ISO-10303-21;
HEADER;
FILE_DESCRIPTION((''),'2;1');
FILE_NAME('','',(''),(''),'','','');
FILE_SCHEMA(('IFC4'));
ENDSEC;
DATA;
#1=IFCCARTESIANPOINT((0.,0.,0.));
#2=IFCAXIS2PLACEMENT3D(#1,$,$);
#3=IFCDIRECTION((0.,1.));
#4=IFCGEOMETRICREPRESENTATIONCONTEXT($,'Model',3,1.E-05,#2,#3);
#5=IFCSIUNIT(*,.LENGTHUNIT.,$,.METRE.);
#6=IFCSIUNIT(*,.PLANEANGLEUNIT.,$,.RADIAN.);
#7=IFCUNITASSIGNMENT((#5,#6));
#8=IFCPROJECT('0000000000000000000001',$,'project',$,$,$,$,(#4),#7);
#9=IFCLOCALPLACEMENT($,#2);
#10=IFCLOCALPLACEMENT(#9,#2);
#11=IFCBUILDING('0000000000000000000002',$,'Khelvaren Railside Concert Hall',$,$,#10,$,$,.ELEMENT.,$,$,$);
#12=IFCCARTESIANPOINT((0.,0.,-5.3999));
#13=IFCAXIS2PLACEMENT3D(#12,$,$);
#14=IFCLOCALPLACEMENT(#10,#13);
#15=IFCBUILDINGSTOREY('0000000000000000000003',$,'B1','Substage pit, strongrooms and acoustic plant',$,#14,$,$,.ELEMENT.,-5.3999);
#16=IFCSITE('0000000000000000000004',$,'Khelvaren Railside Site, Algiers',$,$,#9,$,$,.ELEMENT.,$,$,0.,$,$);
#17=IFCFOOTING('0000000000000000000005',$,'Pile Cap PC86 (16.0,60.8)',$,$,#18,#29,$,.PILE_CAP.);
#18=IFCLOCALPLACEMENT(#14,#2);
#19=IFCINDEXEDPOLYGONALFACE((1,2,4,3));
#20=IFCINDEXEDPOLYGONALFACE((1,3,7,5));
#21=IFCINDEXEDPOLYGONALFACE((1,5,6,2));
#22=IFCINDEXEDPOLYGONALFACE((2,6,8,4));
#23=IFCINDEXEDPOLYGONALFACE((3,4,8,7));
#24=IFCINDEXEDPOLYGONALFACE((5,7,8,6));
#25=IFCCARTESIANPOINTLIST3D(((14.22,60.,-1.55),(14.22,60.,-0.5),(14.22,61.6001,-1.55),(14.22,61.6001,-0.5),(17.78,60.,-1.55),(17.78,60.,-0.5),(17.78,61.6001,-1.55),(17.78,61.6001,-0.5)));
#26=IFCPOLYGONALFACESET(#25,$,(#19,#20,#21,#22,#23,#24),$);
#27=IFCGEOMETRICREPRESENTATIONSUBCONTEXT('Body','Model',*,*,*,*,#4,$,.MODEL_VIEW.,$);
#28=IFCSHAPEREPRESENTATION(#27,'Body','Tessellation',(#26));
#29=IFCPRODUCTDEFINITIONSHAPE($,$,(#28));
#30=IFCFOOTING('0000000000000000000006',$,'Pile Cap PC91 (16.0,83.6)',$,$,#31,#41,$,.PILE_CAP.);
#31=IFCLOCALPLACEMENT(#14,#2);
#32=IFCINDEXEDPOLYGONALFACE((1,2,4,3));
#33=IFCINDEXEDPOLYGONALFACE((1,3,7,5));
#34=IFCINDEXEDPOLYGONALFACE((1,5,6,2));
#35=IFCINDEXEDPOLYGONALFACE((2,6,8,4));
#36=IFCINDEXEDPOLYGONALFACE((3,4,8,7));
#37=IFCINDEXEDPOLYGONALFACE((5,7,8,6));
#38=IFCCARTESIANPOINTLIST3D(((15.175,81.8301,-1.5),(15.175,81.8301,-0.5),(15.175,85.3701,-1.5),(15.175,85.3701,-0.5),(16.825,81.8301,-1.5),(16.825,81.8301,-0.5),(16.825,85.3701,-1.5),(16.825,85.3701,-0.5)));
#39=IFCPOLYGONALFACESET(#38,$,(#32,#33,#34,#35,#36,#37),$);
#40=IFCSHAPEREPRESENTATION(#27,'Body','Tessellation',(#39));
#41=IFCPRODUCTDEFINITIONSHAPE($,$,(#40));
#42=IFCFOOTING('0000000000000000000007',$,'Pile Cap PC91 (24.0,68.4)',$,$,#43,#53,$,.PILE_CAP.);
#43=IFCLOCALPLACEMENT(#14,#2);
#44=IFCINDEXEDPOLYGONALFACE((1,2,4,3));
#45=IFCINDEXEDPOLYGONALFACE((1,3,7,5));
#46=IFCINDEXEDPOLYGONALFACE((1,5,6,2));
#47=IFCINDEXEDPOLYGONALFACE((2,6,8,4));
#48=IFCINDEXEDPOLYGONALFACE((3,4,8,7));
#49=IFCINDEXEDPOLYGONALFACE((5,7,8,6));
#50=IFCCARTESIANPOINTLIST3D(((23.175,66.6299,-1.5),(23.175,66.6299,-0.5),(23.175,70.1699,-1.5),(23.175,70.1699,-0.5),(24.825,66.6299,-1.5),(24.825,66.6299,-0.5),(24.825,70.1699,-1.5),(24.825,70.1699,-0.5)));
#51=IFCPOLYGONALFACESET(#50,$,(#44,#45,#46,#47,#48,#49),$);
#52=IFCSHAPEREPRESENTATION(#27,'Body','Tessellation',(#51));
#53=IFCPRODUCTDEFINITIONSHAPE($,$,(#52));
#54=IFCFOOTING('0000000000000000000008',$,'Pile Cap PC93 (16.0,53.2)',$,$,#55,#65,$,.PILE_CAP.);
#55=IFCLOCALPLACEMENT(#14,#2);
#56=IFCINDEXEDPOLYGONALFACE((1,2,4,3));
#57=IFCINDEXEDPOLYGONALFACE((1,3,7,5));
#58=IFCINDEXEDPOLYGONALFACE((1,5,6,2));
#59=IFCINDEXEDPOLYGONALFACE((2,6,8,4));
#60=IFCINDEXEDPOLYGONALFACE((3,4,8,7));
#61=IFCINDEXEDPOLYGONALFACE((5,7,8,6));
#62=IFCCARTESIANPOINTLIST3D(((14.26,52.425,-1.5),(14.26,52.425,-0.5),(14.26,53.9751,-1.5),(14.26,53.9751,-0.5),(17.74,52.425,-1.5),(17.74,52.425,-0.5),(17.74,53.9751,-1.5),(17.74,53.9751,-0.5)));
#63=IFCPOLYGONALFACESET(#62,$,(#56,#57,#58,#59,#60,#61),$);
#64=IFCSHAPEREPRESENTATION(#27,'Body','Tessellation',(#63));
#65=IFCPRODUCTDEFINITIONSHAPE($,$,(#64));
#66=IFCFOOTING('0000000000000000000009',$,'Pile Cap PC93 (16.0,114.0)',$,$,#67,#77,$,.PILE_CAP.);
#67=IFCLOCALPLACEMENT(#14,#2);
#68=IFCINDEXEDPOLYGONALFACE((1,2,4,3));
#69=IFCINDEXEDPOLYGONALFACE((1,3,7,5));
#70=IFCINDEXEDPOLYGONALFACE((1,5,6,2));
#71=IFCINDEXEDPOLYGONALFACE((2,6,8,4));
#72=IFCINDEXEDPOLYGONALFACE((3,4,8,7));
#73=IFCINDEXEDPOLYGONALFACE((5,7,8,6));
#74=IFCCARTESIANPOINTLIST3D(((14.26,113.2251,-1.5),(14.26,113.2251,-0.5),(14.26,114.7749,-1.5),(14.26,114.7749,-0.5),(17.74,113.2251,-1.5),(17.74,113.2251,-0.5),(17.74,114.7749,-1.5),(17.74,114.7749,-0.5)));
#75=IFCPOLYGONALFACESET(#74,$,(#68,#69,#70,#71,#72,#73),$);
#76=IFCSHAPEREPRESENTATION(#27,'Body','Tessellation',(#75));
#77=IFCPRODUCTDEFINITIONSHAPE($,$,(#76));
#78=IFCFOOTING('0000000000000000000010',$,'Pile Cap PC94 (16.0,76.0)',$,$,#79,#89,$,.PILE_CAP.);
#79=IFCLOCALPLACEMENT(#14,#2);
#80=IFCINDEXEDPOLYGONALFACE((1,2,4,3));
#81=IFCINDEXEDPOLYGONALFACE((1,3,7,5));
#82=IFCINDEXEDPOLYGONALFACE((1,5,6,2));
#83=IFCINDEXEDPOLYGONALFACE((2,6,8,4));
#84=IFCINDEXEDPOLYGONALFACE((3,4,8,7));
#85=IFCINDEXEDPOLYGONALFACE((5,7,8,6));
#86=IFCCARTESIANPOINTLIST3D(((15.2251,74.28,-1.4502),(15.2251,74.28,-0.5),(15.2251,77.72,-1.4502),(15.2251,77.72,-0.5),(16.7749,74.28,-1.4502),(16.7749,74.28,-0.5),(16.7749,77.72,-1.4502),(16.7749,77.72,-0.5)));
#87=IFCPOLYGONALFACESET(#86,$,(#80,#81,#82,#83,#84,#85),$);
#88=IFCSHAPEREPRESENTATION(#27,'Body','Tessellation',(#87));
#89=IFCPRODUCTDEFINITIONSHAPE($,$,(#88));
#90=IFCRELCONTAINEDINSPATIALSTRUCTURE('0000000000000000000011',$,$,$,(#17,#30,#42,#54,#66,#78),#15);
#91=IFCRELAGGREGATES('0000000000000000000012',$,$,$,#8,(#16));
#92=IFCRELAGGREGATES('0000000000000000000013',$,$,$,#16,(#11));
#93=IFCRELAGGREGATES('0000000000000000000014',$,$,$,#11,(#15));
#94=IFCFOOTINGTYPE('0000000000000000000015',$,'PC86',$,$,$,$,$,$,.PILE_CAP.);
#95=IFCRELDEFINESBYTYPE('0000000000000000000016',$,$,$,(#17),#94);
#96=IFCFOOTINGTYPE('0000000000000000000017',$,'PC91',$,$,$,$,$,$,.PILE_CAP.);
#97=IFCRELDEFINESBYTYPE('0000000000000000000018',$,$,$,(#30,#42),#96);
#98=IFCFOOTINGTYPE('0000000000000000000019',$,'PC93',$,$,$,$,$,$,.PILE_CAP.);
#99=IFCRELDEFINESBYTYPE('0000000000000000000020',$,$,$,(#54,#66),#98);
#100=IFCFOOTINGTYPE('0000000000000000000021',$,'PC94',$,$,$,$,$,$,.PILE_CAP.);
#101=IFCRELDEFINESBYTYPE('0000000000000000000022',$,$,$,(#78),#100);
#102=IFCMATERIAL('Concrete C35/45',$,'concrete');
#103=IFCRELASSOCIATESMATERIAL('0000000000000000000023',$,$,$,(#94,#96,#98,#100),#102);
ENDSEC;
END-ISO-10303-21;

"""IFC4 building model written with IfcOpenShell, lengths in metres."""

from ifc_helpers import new_model, si_unit, direction, frame, origin, place, context, subcontext, project, spatial, polyline, outline, extrude, material, type_object, element, save


model = new_model("IFC4")

# Units and contexts
model_context = context("Model", 3, precision=1e-05, world=origin(), true_north=direction((0.0, 1.0)))
body_context = subcontext(model_context, "Body", "Model", "MODEL_VIEW")
ifc_project = project(units=[si_unit("LENGTHUNIT", "METRE"), si_unit("PLANEANGLEUNIT", "RADIAN")], contexts=[model_context])

# Site, building, storey
site_placement = place(None, origin())
site = spatial("IfcSite", under=ifc_project, at=site_placement, Name="Khelvaren Railside Site, Algiers", CompositionType="ELEMENT", RefElevation=0.0)
building_placement = place(site_placement, origin())
building = spatial("IfcBuilding", under=site, at=building_placement, Name="Khelvaren Railside Concert Hall", CompositionType="ELEMENT")
storey_placement = place(building_placement, frame((0.0, 0.0, -5.3999)))
storey = spatial("IfcBuildingStorey", under=building, at=storey_placement, Name="B1", Description="Substage pit, strongrooms and acoustic plant", CompositionType="ELEMENT", Elevation=-5.3999)

# Footings
ifc_material = material(Name="Concrete C35/45", Category="concrete")
footing_type_1 = type_object("IfcFootingType", Name="PC86", PredefinedType="PILE_CAP", material=ifc_material)
footing_1_placement = place(storey_placement, frame((0.0, 0.0, -1.55)))
element("IfcFooting", 1, at=footing_1_placement, inside=storey, type_object=footing_type_1, Name="Pile Cap PC86 (16.0,60.8)", PredefinedType="PILE_CAP", context=body_context, shape_type="SweptSolid", body=[
    extrude(outline(polyline([(14.22, 60.0), (17.78, 60.0), (17.78, 61.6001), (14.22, 61.6001), (14.22, 60.0)])), origin(), (0.0, 0.0, 1.0), 1.05),
])
footing_type_2 = type_object("IfcFootingType", Name="PC91", PredefinedType="PILE_CAP", material=ifc_material)
footing_2_placement = place(storey_placement, frame((0.0, 0.0, -1.5)))
element("IfcFooting", 2, at=footing_2_placement, inside=storey, type_object=footing_type_2, Name="Pile Cap PC91 (16.0,83.6)", PredefinedType="PILE_CAP", context=body_context, shape_type="SweptSolid", body=[
    extrude(outline(polyline([(15.175, 81.8301), (16.825, 81.8301), (16.825, 85.3701), (15.175, 85.3701), (15.175, 81.8301)])), origin(), (0.0, 0.0, 1.0), 1.0),
])
footing_3_placement = place(storey_placement, frame((0.0, 0.0, -1.5)))
element("IfcFooting", 3, at=footing_3_placement, inside=storey, type_object=footing_type_2, Name="Pile Cap PC91 (24.0,68.4)", PredefinedType="PILE_CAP", context=body_context, shape_type="SweptSolid", body=[
    extrude(outline(polyline([(23.175, 66.6299), (24.825, 66.6299), (24.825, 70.1699), (23.175, 70.1699), (23.175, 66.6299)])), origin(), (0.0, 0.0, 1.0), 1.0),
])
footing_type_3 = type_object("IfcFootingType", Name="PC93", PredefinedType="PILE_CAP", material=ifc_material)
footing_4_placement = place(storey_placement, frame((0.0, 0.0, -1.5)))
element("IfcFooting", 4, at=footing_4_placement, inside=storey, type_object=footing_type_3, Name="Pile Cap PC93 (16.0,53.2)", PredefinedType="PILE_CAP", context=body_context, shape_type="SweptSolid", body=[
    extrude(outline(polyline([(14.26, 52.425), (17.74, 52.425), (17.74, 53.9751), (14.26, 53.9751), (14.26, 52.425)])), origin(), (0.0, 0.0, 1.0), 1.0),
])
footing_5_placement = place(storey_placement, frame((0.0, 0.0, -1.5)))
element("IfcFooting", 5, at=footing_5_placement, inside=storey, type_object=footing_type_3, Name="Pile Cap PC93 (16.0,114.0)", PredefinedType="PILE_CAP", context=body_context, shape_type="SweptSolid", body=[
    extrude(outline(polyline([(14.26, 113.2251), (17.74, 113.2251), (17.74, 114.7749), (14.26, 114.7749), (14.26, 113.2251)])), origin(), (0.0, 0.0, 1.0), 1.0),
])
footing_type_4 = type_object("IfcFootingType", Name="PC94", PredefinedType="PILE_CAP", material=ifc_material)
footing_6_placement = place(storey_placement, frame((0.0, 0.0, -1.4502)))
element("IfcFooting", 6, at=footing_6_placement, inside=storey, type_object=footing_type_4, Name="Pile Cap PC94 (16.0,76.0)", PredefinedType="PILE_CAP", context=body_context, shape_type="SweptSolid", body=[
    extrude(outline(polyline([(15.2251, 74.28), (16.7749, 74.28), (16.7749, 77.72), (15.2251, 77.72), (15.2251, 74.28)])), origin(), (0.0, 0.0, 1.0), 0.9502),
])

save(model, "model.ifc")
